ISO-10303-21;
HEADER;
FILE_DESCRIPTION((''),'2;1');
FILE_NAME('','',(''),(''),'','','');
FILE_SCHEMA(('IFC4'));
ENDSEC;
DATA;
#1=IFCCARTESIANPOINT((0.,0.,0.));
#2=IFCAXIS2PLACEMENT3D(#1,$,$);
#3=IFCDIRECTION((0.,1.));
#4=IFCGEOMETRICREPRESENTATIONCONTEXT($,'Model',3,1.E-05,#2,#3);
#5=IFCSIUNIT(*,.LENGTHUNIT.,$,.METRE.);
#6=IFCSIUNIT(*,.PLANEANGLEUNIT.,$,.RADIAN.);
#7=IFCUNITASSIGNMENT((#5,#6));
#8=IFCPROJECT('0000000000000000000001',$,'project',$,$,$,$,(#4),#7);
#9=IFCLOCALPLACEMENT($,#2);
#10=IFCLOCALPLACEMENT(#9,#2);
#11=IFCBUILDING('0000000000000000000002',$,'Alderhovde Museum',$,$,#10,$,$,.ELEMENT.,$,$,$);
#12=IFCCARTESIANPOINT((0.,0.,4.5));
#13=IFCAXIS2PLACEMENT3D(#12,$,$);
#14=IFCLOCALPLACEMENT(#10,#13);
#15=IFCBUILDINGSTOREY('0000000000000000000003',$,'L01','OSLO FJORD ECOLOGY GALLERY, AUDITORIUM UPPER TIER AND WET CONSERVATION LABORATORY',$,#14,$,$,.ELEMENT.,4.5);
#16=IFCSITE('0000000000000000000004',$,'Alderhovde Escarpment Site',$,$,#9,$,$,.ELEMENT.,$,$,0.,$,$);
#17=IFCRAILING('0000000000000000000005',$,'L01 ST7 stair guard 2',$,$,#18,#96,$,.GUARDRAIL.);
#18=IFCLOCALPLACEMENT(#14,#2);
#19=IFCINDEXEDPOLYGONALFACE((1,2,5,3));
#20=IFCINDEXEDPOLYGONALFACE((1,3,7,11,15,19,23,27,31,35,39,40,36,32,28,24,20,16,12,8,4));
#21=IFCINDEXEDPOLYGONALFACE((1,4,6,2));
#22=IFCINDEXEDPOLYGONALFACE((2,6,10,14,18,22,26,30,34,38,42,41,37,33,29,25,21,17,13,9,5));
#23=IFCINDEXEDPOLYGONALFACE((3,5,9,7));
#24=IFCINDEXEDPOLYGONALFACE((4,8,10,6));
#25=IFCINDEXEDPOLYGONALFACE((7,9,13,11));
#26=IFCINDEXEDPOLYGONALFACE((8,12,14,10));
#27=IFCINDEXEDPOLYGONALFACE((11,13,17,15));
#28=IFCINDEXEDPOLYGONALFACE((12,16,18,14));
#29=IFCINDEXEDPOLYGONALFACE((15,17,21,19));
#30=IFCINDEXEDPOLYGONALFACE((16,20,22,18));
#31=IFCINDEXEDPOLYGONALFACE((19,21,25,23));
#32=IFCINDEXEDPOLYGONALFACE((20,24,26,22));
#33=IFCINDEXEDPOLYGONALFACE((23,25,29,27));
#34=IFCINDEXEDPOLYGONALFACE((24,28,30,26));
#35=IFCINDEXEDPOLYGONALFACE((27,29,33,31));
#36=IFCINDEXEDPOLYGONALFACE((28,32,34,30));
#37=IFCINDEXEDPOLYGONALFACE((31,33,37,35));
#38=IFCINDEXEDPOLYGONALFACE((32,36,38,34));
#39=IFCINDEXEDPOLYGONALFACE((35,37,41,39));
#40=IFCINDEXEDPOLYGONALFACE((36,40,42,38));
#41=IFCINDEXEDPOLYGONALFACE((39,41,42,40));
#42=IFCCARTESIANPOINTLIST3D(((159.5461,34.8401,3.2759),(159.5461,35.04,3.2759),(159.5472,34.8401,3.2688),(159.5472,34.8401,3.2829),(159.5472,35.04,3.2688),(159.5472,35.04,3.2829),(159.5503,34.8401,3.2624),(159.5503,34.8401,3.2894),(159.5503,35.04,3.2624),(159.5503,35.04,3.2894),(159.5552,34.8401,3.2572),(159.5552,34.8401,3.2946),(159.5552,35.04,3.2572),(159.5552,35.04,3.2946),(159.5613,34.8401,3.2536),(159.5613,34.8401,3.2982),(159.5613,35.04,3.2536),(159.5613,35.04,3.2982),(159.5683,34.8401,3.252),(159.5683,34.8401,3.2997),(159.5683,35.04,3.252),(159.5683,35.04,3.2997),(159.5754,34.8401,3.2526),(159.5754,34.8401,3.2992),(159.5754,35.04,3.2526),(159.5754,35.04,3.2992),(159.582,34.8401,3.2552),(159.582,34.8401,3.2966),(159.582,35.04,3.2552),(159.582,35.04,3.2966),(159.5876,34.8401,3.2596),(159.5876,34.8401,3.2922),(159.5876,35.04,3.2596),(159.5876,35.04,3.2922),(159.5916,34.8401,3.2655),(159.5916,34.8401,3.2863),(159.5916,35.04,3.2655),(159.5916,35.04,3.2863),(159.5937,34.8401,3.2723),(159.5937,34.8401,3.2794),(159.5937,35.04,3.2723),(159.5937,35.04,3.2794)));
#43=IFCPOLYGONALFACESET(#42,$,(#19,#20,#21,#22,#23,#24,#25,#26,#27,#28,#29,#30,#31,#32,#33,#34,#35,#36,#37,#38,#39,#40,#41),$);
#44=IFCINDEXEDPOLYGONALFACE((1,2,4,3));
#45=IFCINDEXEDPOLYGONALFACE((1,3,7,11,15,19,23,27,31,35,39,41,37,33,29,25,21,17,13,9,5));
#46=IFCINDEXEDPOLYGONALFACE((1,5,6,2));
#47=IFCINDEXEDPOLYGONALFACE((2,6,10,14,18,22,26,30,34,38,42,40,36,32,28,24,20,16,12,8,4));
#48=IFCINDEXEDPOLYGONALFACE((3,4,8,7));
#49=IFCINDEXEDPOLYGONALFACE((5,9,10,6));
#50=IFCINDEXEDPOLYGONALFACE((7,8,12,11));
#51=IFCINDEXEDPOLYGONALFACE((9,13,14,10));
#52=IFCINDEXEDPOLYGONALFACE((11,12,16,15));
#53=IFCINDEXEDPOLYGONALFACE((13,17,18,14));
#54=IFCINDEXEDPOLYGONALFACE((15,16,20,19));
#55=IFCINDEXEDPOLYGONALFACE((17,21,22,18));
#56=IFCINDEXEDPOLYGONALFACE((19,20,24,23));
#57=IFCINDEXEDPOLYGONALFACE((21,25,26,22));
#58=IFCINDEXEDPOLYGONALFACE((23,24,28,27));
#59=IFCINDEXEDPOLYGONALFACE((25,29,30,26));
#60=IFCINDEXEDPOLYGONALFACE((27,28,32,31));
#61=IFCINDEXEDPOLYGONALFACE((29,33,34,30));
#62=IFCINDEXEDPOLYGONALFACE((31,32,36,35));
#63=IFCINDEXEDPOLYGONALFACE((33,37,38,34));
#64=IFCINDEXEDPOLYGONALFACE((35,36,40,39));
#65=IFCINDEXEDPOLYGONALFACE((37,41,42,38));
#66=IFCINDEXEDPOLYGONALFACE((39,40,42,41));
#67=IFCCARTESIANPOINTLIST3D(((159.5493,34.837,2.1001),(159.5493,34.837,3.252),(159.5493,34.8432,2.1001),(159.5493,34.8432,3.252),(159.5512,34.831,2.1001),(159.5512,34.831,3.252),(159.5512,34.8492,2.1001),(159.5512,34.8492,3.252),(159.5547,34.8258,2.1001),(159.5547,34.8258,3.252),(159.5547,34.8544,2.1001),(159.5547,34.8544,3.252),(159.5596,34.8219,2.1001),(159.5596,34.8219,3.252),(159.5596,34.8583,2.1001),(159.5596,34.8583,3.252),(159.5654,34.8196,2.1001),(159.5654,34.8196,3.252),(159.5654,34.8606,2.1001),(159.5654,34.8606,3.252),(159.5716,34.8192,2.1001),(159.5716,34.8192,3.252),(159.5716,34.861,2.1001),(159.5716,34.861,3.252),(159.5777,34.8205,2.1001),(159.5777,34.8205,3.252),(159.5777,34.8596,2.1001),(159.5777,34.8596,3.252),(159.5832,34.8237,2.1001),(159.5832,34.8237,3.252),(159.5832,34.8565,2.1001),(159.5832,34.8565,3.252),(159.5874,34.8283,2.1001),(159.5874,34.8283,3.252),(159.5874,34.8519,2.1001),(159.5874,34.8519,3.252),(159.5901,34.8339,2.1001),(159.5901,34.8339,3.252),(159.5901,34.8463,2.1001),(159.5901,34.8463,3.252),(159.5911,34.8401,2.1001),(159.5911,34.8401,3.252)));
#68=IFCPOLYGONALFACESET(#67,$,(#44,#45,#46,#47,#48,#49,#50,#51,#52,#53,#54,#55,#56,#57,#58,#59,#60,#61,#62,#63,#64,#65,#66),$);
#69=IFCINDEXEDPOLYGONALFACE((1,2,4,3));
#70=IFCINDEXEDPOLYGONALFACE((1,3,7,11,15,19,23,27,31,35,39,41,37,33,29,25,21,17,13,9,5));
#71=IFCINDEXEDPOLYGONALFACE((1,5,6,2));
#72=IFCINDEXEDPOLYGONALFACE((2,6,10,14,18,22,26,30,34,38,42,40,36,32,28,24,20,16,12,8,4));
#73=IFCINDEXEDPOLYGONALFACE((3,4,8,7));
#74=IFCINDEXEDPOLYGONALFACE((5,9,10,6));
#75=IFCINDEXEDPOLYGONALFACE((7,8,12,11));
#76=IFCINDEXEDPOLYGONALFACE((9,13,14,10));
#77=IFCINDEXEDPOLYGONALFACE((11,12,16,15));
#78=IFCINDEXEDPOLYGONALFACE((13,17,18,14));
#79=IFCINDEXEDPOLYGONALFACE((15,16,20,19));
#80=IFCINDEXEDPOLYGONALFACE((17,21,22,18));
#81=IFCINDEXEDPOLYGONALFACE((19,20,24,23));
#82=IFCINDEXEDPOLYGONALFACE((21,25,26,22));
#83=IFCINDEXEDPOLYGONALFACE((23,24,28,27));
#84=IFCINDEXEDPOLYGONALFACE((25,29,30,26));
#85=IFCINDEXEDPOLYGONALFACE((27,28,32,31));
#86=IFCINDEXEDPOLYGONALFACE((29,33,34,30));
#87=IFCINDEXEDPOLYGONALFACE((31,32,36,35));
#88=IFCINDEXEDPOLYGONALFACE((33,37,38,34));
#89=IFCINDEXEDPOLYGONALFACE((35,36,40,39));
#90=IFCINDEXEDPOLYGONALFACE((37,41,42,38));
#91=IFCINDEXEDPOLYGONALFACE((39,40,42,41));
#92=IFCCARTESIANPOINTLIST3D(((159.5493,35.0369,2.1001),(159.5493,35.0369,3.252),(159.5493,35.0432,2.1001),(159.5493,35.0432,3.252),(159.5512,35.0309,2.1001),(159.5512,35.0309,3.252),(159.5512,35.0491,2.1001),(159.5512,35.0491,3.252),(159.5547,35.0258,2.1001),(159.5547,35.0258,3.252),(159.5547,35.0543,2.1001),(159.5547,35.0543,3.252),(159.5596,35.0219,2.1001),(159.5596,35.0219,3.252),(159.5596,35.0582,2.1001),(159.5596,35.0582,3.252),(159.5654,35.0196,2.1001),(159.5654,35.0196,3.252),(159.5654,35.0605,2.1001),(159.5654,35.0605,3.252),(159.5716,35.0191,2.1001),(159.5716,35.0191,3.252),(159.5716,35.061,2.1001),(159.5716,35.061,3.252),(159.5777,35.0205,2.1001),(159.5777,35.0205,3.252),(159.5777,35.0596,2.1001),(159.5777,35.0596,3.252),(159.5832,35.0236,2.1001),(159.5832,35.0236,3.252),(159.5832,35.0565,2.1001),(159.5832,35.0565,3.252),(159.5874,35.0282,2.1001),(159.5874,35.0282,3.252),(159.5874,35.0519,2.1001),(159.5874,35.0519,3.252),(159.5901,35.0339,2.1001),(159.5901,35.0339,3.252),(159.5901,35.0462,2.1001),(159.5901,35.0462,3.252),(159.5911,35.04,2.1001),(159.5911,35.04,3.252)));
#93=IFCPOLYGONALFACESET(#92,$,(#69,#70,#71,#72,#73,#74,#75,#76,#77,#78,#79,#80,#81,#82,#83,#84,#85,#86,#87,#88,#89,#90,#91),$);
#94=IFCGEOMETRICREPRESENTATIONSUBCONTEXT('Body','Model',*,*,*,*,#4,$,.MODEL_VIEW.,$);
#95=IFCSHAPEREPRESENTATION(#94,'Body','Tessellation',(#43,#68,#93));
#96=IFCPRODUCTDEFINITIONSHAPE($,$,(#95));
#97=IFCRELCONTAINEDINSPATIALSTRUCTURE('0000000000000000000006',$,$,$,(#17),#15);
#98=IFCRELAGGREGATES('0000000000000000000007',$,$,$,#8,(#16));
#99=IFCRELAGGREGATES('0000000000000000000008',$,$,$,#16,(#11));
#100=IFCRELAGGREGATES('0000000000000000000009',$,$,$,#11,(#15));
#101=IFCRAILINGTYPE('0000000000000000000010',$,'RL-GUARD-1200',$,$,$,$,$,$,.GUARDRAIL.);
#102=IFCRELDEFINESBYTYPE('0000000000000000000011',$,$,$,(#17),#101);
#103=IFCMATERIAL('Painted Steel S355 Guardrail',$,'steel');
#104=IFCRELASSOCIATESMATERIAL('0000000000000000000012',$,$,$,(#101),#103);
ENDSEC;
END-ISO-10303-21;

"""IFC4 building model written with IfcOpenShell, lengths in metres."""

from ifc_helpers import new_model, si_unit, direction, frame, origin, origin_2d, place, context, subcontext, project, spatial, circle, extrude, material, type_object, element, save


model = new_model("IFC4")

# Units and contexts
model_context = context("Model", 3, precision=1e-05, world=origin(), true_north=direction((0.0, 1.0)))
body_context = subcontext(model_context, "Body", "Model", "MODEL_VIEW")
ifc_project = project(units=[si_unit("LENGTHUNIT", "METRE"), si_unit("PLANEANGLEUNIT", "RADIAN")], contexts=[model_context])

# Site, building, storey
site_placement = place(None, origin())
site = spatial("IfcSite", under=ifc_project, at=site_placement, Name="Alderhovde Escarpment Site", CompositionType="ELEMENT", RefElevation=0.0)
building_placement = place(site_placement, origin())
building = spatial("IfcBuilding", under=site, at=building_placement, Name="Alderhovde Museum", CompositionType="ELEMENT")
storey_placement = place(building_placement, frame((0.0, 0.0, 4.5)))
storey = spatial("IfcBuildingStorey", under=building, at=storey_placement, Name="L01", Description="OSLO FJORD ECOLOGY GALLERY, AUDITORIUM UPPER TIER AND WET CONSERVATION LABORATORY", CompositionType="ELEMENT", Elevation=4.5)

# Railing
ifc_material_1 = material(Name="Painted Steel S355 Guardrail", Category="steel")
railing_type_1 = type_object("IfcRailingType", Name="RL-GUARD-1200", PredefinedType="GUARDRAIL", material=ifc_material_1)
railing_1_placement = place(storey_placement, frame((159.5701, 34.8401, 2.1001)))
element("IfcRailing", 1, at=railing_1_placement, inside=storey, type_object=railing_type_1, Name="L01 ST7 stair guard 2", PredefinedType="GUARDRAIL", context=body_context, shape_type="SweptSolid", body=[
    extrude(circle(Radius=0.0239, at=origin_2d()), frame((0.0, 0.0, 1.1758), z_axis=(0.0, 1.0, 0.0), x_axis=(-1.0, 0.0, 0.0)), (0.0, 0.0, 1.0), 0.2),
    extrude(circle(Radius=0.021, at=origin_2d()), origin(), (0.0, 0.0, 1.0), 1.1519),
    extrude(circle(Radius=0.021, at=origin_2d()), frame((0.0, 0.2, 0.0)), (0.0, 0.0, 1.0), 1.1519),
])

save(model, "model.ifc")
